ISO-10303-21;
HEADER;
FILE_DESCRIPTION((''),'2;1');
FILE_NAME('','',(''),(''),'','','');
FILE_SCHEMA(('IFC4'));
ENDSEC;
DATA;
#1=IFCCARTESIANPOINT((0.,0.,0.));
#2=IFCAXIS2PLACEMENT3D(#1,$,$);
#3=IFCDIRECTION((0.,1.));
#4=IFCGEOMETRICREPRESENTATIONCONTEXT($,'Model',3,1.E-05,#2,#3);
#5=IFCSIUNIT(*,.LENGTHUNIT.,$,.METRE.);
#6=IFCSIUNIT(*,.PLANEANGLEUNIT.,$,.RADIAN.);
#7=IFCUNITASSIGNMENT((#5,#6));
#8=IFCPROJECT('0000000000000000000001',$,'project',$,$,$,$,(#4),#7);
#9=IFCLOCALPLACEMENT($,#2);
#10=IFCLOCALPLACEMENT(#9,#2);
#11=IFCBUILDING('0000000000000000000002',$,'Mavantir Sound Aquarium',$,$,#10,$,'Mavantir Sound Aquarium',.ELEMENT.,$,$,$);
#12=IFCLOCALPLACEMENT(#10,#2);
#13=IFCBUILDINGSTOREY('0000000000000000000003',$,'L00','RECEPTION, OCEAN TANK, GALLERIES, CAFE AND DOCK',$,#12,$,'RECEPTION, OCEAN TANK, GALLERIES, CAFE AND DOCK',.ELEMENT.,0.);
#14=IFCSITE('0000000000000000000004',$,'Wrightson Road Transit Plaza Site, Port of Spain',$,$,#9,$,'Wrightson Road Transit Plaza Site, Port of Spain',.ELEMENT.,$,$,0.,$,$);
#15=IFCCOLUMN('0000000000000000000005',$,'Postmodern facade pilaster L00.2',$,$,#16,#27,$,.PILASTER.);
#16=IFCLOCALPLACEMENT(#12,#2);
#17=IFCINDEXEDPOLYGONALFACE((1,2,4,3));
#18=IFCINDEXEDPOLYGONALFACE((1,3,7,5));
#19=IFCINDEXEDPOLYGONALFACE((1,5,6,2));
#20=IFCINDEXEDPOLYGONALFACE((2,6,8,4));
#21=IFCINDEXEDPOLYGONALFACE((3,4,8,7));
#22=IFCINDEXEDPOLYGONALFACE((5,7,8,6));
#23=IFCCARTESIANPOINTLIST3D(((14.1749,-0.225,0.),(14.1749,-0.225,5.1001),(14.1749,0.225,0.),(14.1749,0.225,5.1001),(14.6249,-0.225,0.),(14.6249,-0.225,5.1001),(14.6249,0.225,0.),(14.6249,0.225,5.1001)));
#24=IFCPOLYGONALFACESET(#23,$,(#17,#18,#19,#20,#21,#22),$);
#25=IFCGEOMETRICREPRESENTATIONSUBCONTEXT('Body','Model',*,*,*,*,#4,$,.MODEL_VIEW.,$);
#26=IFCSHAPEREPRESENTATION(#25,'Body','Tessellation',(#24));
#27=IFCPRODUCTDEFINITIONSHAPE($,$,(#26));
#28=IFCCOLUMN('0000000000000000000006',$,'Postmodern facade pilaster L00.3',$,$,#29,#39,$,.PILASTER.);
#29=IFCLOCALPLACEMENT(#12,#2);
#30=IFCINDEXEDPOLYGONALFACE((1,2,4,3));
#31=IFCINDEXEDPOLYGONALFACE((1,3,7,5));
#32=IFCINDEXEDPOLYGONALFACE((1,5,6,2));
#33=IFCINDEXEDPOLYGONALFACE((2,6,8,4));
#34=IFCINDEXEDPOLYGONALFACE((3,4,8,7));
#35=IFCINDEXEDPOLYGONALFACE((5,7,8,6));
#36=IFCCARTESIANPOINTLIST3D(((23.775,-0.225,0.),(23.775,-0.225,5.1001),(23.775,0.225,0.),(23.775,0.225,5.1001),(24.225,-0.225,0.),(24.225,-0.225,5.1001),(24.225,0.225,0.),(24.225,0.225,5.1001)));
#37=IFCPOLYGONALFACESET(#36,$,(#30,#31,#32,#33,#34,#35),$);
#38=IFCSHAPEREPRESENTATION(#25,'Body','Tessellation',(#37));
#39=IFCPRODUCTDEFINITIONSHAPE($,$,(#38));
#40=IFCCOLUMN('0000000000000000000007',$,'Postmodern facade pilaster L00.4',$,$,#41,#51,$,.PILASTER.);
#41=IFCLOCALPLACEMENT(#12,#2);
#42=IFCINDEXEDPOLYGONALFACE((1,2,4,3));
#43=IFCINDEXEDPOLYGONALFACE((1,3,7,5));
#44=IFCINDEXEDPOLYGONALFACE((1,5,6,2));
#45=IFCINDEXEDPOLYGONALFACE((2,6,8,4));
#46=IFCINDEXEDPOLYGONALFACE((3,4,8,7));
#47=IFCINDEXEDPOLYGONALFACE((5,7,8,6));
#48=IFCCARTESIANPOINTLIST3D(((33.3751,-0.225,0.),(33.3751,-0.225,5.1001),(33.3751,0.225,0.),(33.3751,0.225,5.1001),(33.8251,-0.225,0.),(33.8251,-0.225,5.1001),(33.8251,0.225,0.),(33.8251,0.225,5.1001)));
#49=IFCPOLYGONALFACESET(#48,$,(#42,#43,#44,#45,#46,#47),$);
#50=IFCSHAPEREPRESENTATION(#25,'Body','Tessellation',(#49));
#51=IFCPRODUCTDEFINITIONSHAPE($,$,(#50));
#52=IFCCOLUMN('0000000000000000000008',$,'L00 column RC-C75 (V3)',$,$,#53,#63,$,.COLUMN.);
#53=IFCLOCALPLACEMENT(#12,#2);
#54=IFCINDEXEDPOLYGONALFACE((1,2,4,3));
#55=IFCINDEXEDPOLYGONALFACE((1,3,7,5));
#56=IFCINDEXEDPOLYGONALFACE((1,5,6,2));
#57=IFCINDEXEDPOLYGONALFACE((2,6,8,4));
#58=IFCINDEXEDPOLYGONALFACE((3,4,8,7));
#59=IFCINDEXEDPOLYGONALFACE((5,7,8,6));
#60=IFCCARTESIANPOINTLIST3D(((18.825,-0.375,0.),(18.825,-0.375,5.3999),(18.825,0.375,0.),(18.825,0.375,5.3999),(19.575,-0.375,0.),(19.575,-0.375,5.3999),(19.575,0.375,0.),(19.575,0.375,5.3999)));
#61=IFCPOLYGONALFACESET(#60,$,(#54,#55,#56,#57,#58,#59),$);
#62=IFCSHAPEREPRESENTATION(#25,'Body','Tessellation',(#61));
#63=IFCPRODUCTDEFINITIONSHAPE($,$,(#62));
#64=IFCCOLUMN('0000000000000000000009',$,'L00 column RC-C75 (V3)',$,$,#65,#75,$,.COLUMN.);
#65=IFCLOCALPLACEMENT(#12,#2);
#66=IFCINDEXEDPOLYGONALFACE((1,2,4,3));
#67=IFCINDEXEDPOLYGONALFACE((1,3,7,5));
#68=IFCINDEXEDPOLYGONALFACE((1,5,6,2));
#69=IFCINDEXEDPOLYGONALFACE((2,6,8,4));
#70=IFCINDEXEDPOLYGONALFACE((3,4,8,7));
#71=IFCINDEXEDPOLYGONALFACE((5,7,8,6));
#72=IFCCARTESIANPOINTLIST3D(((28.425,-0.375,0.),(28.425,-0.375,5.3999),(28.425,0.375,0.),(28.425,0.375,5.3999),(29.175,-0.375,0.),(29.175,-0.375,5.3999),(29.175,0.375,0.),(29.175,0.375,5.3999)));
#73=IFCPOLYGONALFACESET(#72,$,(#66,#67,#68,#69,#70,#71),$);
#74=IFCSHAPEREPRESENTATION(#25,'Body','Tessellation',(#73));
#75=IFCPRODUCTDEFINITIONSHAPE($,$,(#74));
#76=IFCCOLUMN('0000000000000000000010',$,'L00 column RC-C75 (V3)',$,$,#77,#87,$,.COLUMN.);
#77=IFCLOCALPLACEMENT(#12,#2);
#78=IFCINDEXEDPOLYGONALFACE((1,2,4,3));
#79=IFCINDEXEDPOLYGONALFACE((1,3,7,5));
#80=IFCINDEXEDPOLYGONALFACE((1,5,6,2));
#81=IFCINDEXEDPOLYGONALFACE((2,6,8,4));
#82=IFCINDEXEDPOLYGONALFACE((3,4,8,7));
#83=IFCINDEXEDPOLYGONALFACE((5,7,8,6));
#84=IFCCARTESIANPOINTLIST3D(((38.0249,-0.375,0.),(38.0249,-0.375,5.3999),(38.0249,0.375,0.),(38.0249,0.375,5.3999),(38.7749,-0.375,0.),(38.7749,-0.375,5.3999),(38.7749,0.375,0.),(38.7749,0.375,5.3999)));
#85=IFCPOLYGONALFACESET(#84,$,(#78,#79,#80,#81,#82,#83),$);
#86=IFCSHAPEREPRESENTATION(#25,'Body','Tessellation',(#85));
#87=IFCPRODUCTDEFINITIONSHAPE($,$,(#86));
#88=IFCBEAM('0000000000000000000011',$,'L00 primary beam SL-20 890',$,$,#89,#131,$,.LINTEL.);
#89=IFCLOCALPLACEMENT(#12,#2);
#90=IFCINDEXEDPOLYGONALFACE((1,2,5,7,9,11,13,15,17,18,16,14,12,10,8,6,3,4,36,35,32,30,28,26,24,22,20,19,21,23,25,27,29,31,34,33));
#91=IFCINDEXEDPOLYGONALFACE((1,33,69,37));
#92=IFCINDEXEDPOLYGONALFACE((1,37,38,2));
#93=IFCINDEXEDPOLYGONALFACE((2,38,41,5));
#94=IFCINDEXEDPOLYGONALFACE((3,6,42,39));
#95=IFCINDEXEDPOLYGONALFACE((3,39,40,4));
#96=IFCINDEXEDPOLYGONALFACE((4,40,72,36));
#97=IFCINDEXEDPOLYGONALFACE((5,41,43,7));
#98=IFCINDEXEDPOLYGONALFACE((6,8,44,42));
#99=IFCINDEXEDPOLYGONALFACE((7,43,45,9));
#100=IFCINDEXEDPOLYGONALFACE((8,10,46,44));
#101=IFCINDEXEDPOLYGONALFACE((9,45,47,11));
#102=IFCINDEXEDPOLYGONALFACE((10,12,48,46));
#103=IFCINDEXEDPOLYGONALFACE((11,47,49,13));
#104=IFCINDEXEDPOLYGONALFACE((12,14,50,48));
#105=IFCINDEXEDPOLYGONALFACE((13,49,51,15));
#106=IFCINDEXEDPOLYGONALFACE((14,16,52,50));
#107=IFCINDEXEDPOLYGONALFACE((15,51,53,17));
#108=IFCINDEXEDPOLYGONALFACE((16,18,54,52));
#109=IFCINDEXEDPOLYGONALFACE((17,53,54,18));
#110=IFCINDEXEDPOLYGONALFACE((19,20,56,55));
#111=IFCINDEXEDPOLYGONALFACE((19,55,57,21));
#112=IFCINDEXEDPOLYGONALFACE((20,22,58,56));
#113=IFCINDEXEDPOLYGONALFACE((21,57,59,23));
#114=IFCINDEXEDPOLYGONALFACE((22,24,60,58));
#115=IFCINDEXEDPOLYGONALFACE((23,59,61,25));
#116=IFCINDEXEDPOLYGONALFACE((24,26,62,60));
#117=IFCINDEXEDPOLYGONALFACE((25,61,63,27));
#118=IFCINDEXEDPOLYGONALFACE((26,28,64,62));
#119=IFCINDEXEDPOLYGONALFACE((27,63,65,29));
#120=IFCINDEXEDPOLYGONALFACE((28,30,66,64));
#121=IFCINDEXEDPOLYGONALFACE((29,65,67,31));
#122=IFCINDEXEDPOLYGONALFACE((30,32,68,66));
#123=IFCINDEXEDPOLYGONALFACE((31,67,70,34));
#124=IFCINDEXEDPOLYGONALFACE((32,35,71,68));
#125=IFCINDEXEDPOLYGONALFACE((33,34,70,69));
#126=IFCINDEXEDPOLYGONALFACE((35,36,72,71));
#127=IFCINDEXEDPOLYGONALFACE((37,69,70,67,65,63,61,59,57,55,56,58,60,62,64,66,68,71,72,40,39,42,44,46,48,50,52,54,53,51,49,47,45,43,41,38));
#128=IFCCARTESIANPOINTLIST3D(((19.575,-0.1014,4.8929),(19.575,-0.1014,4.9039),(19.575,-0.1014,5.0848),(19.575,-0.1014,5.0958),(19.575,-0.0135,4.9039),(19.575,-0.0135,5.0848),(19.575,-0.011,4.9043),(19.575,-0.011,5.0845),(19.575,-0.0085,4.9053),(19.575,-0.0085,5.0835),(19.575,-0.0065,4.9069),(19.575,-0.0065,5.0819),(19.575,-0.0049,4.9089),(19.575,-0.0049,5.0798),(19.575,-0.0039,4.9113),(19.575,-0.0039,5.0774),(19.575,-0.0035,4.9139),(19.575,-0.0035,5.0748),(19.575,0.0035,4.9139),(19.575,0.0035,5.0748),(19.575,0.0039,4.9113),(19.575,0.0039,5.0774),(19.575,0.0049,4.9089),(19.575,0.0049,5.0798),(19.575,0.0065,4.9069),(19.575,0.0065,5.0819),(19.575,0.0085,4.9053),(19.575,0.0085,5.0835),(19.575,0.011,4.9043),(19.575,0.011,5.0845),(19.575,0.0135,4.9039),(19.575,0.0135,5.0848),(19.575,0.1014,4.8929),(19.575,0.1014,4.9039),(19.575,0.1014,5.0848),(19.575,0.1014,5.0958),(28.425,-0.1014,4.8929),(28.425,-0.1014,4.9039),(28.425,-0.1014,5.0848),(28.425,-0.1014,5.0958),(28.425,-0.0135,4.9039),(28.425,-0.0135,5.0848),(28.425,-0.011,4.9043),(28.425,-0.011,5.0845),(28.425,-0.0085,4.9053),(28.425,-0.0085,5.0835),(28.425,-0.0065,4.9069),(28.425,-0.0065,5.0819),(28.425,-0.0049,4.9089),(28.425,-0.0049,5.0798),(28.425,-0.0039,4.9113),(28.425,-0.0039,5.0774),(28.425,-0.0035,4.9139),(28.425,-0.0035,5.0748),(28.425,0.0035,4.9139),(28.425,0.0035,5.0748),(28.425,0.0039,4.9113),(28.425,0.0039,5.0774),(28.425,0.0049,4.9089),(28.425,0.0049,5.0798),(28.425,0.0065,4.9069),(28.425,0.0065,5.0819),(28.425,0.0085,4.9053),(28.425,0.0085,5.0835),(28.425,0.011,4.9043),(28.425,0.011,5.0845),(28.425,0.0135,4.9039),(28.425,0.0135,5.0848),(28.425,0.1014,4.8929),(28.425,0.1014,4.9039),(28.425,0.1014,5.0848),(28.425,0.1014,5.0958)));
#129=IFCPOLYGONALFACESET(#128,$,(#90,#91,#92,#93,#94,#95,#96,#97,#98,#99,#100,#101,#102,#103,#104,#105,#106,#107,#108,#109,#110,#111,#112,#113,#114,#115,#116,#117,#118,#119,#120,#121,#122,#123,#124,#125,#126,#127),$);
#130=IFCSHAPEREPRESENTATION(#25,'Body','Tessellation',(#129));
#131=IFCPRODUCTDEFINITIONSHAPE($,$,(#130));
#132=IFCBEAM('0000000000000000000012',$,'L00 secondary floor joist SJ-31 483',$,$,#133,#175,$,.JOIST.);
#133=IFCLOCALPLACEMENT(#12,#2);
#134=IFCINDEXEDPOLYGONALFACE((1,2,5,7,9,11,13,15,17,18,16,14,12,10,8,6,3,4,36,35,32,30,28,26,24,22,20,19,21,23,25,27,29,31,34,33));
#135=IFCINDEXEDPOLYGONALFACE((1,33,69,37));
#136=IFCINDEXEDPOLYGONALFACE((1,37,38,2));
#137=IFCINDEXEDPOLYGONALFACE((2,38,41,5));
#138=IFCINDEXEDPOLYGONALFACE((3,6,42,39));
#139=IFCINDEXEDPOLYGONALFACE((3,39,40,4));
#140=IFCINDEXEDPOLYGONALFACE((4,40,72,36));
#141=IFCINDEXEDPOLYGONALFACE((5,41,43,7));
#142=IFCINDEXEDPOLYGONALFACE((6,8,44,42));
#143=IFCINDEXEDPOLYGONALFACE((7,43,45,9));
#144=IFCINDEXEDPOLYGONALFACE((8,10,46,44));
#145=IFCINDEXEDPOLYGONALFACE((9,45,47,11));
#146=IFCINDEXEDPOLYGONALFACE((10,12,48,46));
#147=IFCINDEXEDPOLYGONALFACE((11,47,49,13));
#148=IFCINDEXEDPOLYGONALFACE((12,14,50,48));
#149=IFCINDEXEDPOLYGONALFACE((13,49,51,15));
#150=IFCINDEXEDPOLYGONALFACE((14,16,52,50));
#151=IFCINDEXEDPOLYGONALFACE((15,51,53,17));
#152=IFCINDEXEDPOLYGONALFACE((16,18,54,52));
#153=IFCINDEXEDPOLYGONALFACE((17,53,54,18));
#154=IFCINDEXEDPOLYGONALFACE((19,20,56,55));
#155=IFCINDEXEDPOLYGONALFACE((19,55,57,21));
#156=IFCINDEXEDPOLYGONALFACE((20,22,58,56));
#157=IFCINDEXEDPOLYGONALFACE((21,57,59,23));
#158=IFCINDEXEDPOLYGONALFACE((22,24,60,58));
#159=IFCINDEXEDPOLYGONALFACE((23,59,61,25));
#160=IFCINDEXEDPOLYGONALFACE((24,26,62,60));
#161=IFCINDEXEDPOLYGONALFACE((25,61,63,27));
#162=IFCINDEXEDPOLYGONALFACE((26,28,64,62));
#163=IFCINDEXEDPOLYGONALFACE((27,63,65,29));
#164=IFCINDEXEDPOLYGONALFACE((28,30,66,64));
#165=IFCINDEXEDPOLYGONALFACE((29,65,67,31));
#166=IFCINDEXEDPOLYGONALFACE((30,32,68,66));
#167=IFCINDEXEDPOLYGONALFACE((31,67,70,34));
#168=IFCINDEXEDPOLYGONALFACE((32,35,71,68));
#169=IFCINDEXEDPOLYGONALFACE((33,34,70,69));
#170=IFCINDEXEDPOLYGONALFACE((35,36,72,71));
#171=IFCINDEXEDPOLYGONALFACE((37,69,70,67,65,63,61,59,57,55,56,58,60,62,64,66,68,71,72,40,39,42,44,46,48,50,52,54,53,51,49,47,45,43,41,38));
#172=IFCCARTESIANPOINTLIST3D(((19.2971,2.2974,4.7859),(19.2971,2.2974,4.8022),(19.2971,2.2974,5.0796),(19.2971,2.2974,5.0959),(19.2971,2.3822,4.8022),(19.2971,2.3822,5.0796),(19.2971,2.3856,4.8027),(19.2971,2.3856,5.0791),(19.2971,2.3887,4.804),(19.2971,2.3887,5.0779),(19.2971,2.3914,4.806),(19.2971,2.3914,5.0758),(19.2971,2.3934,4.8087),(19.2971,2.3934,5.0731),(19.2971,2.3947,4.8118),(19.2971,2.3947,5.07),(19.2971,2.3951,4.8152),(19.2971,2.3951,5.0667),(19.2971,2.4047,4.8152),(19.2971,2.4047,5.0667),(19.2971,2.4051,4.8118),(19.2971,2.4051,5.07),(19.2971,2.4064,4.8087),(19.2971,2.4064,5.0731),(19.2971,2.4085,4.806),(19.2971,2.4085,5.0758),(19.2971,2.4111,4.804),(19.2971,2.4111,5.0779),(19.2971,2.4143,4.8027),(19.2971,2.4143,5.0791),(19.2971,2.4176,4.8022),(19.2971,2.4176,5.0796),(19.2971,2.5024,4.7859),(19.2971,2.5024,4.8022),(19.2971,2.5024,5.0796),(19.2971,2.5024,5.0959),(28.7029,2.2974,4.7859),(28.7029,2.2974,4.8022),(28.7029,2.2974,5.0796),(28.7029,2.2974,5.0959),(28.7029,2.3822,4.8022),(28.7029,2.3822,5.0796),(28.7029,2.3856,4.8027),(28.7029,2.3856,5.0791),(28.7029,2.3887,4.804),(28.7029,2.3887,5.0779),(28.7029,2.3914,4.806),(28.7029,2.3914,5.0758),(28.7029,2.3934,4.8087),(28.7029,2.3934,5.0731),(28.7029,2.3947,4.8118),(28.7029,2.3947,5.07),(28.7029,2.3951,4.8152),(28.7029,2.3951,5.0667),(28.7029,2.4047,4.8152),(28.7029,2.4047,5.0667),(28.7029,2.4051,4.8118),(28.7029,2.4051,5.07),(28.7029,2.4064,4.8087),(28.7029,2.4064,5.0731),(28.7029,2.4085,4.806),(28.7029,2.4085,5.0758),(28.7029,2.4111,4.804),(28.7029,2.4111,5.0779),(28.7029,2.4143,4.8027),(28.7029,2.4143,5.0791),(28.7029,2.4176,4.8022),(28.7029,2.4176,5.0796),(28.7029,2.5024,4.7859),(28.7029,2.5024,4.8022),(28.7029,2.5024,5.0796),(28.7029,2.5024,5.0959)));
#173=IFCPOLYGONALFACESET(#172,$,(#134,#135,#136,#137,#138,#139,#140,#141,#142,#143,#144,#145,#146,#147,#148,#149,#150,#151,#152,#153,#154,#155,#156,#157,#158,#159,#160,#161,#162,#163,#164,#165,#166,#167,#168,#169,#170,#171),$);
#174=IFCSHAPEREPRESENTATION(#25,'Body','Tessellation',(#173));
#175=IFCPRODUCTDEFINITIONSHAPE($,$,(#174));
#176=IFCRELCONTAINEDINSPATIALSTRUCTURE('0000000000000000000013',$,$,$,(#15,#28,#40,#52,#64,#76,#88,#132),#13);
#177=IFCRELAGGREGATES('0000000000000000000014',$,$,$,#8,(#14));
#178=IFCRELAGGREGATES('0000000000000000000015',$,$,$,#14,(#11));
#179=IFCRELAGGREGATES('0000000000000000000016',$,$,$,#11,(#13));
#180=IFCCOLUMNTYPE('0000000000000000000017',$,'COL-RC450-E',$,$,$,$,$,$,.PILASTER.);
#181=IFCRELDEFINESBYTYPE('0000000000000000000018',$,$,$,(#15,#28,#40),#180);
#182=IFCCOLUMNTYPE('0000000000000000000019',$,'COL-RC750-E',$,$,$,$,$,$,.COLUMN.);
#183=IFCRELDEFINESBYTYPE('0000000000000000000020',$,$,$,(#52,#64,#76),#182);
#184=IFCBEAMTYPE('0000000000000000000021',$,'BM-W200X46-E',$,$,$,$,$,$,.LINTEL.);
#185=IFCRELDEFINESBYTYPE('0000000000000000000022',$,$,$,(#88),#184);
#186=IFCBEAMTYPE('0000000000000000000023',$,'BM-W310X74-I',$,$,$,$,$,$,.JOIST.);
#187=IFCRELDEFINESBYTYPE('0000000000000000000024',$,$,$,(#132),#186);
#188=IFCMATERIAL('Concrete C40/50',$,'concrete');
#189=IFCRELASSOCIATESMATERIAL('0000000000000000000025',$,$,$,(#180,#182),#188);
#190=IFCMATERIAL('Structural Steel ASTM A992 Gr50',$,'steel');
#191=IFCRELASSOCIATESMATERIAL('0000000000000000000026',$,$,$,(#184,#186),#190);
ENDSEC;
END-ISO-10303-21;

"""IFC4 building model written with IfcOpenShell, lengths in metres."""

from ifc_helpers import new_model, si_unit, direction, frame, origin, origin_2d, place, context, subcontext, project, spatial, rectangle, i_section, extrude, material, material_profile, profile_set, type_object, element, save


model = new_model("IFC4")

# Units and contexts
model_context = context("Model", 3, precision=1e-05, world=origin(), true_north=direction((0.0, 1.0)))
body_context = subcontext(model_context, "Body", "Model", "MODEL_VIEW")
ifc_project = project(units=[si_unit("LENGTHUNIT", "METRE"), si_unit("PLANEANGLEUNIT", "RADIAN")], contexts=[model_context])

# Site, building, storey
site_placement = place(None, origin())
site = spatial("IfcSite", under=ifc_project, at=site_placement, Name="Wrightson Road Transit Plaza Site, Port of Spain", LongName="Wrightson Road Transit Plaza Site, Port of Spain", CompositionType="ELEMENT", RefElevation=0.0)
building_placement = place(site_placement, origin())
building = spatial("IfcBuilding", under=site, at=building_placement, Name="Mavantir Sound Aquarium", LongName="Mavantir Sound Aquarium", CompositionType="ELEMENT")
storey_placement = place(building_placement, origin())
storey = spatial("IfcBuildingStorey", under=building, at=storey_placement, Name="L00", Description="RECEPTION, OCEAN TANK, GALLERIES, CAFE AND DOCK", LongName="RECEPTION, OCEAN TANK, GALLERIES, CAFE AND DOCK", CompositionType="ELEMENT", Elevation=0.0)

# Columns
ifc_material_1 = material(Name="Concrete C40/50", Category="concrete")
ifc_material_profile_1 = material_profile(ifc_material_1, rectangle(XDim=0.45, YDim=0.45, at=origin_2d()), Name="RC 450X450")
ifc_profile_set_1 = profile_set([ifc_material_profile_1], Name="Concrete C40/50")
column_type_1 = type_object("IfcColumnType", Name="COL-RC450-E", PredefinedType="PILASTER", material=ifc_profile_set_1)
for number, where, z_axis, x_axis, name in (
    (1, (14.3999, 0.0, 0.0), (0.0, 0.0, 1.0), (1.0, 0.0, 0.0), "Postmodern facade pilaster L00.2"),
    (2, (24.0, 0.0, 0.0), (0.0, 0.0, 1.0), (1.0, 0.0, 0.0), "Postmodern facade pilaster L00.3"),
    (3, (33.6001, 0.0, 0.0), (0.0, 0.0, 1.0), (1.0, 0.0, 0.0), "Postmodern facade pilaster L00.4"),
):
    element("IfcColumn", number, at=place(storey_placement, frame(where, z_axis=z_axis, x_axis=x_axis)), inside=storey, type_object=column_type_1, Name=name, PredefinedType="PILASTER", context=body_context, shape_type="SweptSolid", body=[
        extrude(rectangle(XDim=0.45, YDim=0.45, at=origin_2d()), origin(), (0.0, 0.0, 1.0), 5.1001),
    ])
ifc_material_profile_2 = material_profile(ifc_material_1, rectangle(XDim=0.75, YDim=0.75, at=origin_2d()), Name="RC 750X750")
ifc_profile_set_2 = profile_set([ifc_material_profile_2], Name="Concrete C40/50")
column_type_2 = type_object("IfcColumnType", Name="COL-RC750-E", PredefinedType="COLUMN", material=ifc_profile_set_2)
for number, where, z_axis, x_axis, name in (
    (4, (19.2, 0.0, 0.0), (0.0, 0.0, 1.0), (1.0, 0.0, 0.0), "L00 column RC-C75 (V3)"),
    (5, (28.8, 0.0, 0.0), (0.0, 0.0, 1.0), (1.0, 0.0, 0.0), "L00 column RC-C75 (V3)"),
    (6, (38.3999, 0.0, 0.0), (0.0, 0.0, 1.0), (1.0, 0.0, 0.0), "L00 column RC-C75 (V3)"),
):
    element("IfcColumn", number, at=place(storey_placement, frame(where, z_axis=z_axis, x_axis=x_axis)), inside=storey, type_object=column_type_2, Name=name, PredefinedType="COLUMN", context=body_context, shape_type="SweptSolid", body=[
        extrude(rectangle(XDim=0.75, YDim=0.75, at=origin_2d()), origin(), (0.0, 0.0, 1.0), 5.3999),
    ])

# Beams
ifc_material_2 = material(Name="Structural Steel ASTM A992 Gr50", Category="steel")
ifc_material_profile_3 = material_profile(ifc_material_2, i_section(OverallWidth=0.2029, OverallDepth=0.2029, WebThickness=0.0071, FlangeThickness=0.011, FilletRadius=0.01, at=origin_2d()), Name="W200X46")
ifc_profile_set_3 = profile_set([ifc_material_profile_3], Name="Structural Steel ASTM A992 Gr50")
beam_type_1 = type_object("IfcBeamType", Name="BM-W200X46-E", PredefinedType="LINTEL", material=ifc_profile_set_3)
beam_1_placement = place(storey_placement, frame((19.575, 0.0, 4.9944), z_axis=(1.0, 0.0, 0.0), x_axis=(0.0, 1.0, 0.0)))
element("IfcBeam", 7, at=beam_1_placement, inside=storey, type_object=beam_type_1, Name="L00 primary beam SL-20 890", PredefinedType="LINTEL", context=body_context, shape_type="SweptSolid", body=[
    extrude(i_section(OverallWidth=0.2029, OverallDepth=0.2029, WebThickness=0.0071, FlangeThickness=0.011, FilletRadius=0.01, at=origin_2d()), origin(), (0.0, 0.0, 1.0), 8.8501),
])
ifc_material_profile_4 = material_profile(ifc_material_2, i_section(OverallWidth=0.2051, OverallDepth=0.3101, WebThickness=0.0095, FlangeThickness=0.0164, FilletRadius=0.0129, at=origin_2d()), Name="W310X74")
ifc_profile_set_4 = profile_set([ifc_material_profile_4], Name="Structural Steel ASTM A992 Gr50")
beam_type_2 = type_object("IfcBeamType", Name="BM-W310X74-I", PredefinedType="JOIST", material=ifc_profile_set_4)
beam_2_placement = place(storey_placement, frame((19.2971, 2.3999, 4.9409), z_axis=(1.0, 0.0, 0.0), x_axis=(0.0, 1.0, 0.0)))
element("IfcBeam", 8, at=beam_2_placement, inside=storey, type_object=beam_type_2, Name="L00 secondary floor joist SJ-31 483", PredefinedType="JOIST", context=body_context, shape_type="SweptSolid", body=[
    extrude(i_section(OverallWidth=0.2051, OverallDepth=0.3101, WebThickness=0.0095, FlangeThickness=0.0164, FilletRadius=0.0129, at=origin_2d()), origin(), (0.0, 0.0, 1.0), 9.4058),
])

save(model, "model.ifc")
